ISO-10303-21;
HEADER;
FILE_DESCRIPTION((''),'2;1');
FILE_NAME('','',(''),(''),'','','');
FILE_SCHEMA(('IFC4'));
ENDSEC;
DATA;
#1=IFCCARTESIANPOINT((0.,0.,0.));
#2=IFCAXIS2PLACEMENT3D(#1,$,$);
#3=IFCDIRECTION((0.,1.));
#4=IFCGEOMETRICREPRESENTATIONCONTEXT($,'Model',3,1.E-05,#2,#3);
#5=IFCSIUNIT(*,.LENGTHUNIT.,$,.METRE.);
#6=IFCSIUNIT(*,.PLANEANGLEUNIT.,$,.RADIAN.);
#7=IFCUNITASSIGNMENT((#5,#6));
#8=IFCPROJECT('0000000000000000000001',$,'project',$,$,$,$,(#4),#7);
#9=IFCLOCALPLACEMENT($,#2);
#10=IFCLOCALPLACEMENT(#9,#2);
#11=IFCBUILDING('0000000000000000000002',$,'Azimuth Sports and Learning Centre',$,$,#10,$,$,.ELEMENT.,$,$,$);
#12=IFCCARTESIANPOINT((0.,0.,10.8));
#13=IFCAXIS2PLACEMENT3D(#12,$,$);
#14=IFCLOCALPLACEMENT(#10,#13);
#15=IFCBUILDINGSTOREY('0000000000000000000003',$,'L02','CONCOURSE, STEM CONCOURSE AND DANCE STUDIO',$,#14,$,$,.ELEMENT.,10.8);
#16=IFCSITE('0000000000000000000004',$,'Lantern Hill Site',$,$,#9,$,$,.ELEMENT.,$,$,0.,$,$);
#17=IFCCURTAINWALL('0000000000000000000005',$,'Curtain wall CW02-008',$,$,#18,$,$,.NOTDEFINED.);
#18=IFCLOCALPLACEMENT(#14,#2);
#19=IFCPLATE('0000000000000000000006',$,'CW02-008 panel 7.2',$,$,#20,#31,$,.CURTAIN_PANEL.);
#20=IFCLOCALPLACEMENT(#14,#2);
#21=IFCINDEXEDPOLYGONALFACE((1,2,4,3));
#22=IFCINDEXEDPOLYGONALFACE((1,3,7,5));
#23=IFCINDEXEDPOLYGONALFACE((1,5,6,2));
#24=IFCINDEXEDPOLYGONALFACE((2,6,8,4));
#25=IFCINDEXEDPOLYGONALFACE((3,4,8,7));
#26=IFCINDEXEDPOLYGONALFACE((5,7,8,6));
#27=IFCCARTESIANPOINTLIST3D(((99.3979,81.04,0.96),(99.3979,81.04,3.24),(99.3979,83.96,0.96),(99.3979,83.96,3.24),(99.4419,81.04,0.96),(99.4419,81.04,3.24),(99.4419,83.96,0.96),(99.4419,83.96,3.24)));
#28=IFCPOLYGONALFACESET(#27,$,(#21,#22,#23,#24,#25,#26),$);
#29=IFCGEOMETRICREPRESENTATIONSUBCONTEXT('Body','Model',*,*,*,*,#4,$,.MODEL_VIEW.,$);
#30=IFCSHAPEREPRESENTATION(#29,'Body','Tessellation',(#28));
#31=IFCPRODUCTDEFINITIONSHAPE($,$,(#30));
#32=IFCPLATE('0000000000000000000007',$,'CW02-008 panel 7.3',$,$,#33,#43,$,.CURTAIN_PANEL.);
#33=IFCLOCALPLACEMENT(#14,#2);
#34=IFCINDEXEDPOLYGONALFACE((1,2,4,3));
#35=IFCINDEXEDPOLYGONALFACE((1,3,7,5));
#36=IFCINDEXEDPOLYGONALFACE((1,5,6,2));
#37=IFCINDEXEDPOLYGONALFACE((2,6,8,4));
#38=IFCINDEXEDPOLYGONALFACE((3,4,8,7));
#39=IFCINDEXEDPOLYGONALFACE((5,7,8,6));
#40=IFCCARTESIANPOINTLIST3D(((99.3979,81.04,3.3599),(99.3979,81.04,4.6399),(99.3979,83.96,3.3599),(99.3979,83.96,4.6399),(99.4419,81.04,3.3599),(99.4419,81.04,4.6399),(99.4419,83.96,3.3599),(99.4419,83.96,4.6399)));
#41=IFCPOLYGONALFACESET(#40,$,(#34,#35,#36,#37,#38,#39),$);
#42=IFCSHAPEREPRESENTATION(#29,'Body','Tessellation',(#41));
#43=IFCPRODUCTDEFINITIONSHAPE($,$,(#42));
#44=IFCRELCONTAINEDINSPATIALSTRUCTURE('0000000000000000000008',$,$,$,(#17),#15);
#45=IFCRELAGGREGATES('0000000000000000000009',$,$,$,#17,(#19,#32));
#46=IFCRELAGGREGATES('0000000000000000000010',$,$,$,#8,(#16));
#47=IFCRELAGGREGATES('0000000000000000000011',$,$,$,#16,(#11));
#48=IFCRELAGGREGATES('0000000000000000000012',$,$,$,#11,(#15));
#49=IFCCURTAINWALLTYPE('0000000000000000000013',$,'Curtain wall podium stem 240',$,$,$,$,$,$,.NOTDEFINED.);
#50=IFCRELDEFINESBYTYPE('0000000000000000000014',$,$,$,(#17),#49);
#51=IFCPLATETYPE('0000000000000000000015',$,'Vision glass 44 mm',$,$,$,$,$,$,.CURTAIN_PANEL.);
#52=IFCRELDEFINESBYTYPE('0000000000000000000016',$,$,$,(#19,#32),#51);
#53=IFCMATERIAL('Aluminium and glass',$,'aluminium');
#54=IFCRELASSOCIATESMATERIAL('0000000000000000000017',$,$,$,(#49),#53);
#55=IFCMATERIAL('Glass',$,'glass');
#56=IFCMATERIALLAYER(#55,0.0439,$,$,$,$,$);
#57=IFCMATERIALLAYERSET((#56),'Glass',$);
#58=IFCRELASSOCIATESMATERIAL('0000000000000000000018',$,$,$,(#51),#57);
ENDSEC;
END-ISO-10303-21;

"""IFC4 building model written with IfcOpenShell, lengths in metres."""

from ifc_helpers import new_model, si_unit, direction, frame, origin, origin_2d, place, context, subcontext, project, spatial, rectangle, extrude, material, layer, layer_set, type_object, element, aggregate, save


model = new_model("IFC4")

# Units and contexts
model_context = context("Model", 3, precision=1e-05, world=origin(), true_north=direction((0.0, 1.0)))
body_context = subcontext(model_context, "Body", "Model", "MODEL_VIEW")
ifc_project = project(units=[si_unit("LENGTHUNIT", "METRE"), si_unit("PLANEANGLEUNIT", "RADIAN")], contexts=[model_context])

# Site, building, storey
site_placement = place(None, origin())
site = spatial("IfcSite", under=ifc_project, at=site_placement, Name="Lantern Hill Site", CompositionType="ELEMENT", RefElevation=0.0)
building_placement = place(site_placement, origin())
building = spatial("IfcBuilding", under=site, at=building_placement, Name="Azimuth Sports and Learning Centre", CompositionType="ELEMENT")
storey_placement = place(building_placement, frame((0.0, 0.0, 10.8)))
storey = spatial("IfcBuildingStorey", under=building, at=storey_placement, Name="L02", Description="CONCOURSE, STEM CONCOURSE AND DANCE STUDIO", CompositionType="ELEMENT", Elevation=10.8)

# Curtain wall, plates
ifc_material_1 = material(Name="Aluminium and glass", Category="aluminium")
curtain_wall_type = type_object("IfcCurtainWallType", Name="Curtain wall podium stem 240", PredefinedType="NOTDEFINED", material=ifc_material_1)
curtain_wall_placement = place(storey_placement, origin())
curtain_wall = element("IfcCurtainWall", 1, at=curtain_wall_placement, inside=storey, type_object=curtain_wall_type, Name="Curtain wall CW02-008", PredefinedType="NOTDEFINED")
ifc_material_2 = material(Name="Glass", Category="glass")
ifc_layer_1 = layer(ifc_material_2, 0.0439)
ifc_layer_set_1 = layer_set([ifc_layer_1], Name="Glass")
plate_type_1 = type_object("IfcPlateType", Name="Vision glass 44 mm", PredefinedType="CURTAIN_PANEL", material=ifc_layer_set_1)
plate_1_placement = place(storey_placement, frame((99.4199, 82.5, 0.96), z_axis=(0.0, 0.0, 1.0), x_axis=(0.0, 1.0, 0.0)))
plate_1 = element("IfcPlate", 2, at=plate_1_placement, type_object=plate_type_1, Name="CW02-008 panel 7.2", PredefinedType="CURTAIN_PANEL", context=body_context, shape_type="SweptSolid", body=[
    extrude(rectangle(XDim=2.9199, YDim=0.0439, at=origin_2d()), origin(), (0.0, 0.0, 1.0), 2.28),
])
plate_2_placement = place(storey_placement, frame((99.4199, 82.5, 3.3599), z_axis=(0.0, 0.0, 1.0), x_axis=(0.0, 1.0, 0.0)))
plate_2 = element("IfcPlate", 3, at=plate_2_placement, type_object=plate_type_1, Name="CW02-008 panel 7.3", PredefinedType="CURTAIN_PANEL", context=body_context, shape_type="SweptSolid", body=[
    extrude(rectangle(XDim=2.9199, YDim=0.0439, at=origin_2d()), origin(), (0.0, 0.0, 1.0), 1.28),
])
aggregate(curtain_wall, [plate_1, plate_2])

save(model, "model.ifc")
